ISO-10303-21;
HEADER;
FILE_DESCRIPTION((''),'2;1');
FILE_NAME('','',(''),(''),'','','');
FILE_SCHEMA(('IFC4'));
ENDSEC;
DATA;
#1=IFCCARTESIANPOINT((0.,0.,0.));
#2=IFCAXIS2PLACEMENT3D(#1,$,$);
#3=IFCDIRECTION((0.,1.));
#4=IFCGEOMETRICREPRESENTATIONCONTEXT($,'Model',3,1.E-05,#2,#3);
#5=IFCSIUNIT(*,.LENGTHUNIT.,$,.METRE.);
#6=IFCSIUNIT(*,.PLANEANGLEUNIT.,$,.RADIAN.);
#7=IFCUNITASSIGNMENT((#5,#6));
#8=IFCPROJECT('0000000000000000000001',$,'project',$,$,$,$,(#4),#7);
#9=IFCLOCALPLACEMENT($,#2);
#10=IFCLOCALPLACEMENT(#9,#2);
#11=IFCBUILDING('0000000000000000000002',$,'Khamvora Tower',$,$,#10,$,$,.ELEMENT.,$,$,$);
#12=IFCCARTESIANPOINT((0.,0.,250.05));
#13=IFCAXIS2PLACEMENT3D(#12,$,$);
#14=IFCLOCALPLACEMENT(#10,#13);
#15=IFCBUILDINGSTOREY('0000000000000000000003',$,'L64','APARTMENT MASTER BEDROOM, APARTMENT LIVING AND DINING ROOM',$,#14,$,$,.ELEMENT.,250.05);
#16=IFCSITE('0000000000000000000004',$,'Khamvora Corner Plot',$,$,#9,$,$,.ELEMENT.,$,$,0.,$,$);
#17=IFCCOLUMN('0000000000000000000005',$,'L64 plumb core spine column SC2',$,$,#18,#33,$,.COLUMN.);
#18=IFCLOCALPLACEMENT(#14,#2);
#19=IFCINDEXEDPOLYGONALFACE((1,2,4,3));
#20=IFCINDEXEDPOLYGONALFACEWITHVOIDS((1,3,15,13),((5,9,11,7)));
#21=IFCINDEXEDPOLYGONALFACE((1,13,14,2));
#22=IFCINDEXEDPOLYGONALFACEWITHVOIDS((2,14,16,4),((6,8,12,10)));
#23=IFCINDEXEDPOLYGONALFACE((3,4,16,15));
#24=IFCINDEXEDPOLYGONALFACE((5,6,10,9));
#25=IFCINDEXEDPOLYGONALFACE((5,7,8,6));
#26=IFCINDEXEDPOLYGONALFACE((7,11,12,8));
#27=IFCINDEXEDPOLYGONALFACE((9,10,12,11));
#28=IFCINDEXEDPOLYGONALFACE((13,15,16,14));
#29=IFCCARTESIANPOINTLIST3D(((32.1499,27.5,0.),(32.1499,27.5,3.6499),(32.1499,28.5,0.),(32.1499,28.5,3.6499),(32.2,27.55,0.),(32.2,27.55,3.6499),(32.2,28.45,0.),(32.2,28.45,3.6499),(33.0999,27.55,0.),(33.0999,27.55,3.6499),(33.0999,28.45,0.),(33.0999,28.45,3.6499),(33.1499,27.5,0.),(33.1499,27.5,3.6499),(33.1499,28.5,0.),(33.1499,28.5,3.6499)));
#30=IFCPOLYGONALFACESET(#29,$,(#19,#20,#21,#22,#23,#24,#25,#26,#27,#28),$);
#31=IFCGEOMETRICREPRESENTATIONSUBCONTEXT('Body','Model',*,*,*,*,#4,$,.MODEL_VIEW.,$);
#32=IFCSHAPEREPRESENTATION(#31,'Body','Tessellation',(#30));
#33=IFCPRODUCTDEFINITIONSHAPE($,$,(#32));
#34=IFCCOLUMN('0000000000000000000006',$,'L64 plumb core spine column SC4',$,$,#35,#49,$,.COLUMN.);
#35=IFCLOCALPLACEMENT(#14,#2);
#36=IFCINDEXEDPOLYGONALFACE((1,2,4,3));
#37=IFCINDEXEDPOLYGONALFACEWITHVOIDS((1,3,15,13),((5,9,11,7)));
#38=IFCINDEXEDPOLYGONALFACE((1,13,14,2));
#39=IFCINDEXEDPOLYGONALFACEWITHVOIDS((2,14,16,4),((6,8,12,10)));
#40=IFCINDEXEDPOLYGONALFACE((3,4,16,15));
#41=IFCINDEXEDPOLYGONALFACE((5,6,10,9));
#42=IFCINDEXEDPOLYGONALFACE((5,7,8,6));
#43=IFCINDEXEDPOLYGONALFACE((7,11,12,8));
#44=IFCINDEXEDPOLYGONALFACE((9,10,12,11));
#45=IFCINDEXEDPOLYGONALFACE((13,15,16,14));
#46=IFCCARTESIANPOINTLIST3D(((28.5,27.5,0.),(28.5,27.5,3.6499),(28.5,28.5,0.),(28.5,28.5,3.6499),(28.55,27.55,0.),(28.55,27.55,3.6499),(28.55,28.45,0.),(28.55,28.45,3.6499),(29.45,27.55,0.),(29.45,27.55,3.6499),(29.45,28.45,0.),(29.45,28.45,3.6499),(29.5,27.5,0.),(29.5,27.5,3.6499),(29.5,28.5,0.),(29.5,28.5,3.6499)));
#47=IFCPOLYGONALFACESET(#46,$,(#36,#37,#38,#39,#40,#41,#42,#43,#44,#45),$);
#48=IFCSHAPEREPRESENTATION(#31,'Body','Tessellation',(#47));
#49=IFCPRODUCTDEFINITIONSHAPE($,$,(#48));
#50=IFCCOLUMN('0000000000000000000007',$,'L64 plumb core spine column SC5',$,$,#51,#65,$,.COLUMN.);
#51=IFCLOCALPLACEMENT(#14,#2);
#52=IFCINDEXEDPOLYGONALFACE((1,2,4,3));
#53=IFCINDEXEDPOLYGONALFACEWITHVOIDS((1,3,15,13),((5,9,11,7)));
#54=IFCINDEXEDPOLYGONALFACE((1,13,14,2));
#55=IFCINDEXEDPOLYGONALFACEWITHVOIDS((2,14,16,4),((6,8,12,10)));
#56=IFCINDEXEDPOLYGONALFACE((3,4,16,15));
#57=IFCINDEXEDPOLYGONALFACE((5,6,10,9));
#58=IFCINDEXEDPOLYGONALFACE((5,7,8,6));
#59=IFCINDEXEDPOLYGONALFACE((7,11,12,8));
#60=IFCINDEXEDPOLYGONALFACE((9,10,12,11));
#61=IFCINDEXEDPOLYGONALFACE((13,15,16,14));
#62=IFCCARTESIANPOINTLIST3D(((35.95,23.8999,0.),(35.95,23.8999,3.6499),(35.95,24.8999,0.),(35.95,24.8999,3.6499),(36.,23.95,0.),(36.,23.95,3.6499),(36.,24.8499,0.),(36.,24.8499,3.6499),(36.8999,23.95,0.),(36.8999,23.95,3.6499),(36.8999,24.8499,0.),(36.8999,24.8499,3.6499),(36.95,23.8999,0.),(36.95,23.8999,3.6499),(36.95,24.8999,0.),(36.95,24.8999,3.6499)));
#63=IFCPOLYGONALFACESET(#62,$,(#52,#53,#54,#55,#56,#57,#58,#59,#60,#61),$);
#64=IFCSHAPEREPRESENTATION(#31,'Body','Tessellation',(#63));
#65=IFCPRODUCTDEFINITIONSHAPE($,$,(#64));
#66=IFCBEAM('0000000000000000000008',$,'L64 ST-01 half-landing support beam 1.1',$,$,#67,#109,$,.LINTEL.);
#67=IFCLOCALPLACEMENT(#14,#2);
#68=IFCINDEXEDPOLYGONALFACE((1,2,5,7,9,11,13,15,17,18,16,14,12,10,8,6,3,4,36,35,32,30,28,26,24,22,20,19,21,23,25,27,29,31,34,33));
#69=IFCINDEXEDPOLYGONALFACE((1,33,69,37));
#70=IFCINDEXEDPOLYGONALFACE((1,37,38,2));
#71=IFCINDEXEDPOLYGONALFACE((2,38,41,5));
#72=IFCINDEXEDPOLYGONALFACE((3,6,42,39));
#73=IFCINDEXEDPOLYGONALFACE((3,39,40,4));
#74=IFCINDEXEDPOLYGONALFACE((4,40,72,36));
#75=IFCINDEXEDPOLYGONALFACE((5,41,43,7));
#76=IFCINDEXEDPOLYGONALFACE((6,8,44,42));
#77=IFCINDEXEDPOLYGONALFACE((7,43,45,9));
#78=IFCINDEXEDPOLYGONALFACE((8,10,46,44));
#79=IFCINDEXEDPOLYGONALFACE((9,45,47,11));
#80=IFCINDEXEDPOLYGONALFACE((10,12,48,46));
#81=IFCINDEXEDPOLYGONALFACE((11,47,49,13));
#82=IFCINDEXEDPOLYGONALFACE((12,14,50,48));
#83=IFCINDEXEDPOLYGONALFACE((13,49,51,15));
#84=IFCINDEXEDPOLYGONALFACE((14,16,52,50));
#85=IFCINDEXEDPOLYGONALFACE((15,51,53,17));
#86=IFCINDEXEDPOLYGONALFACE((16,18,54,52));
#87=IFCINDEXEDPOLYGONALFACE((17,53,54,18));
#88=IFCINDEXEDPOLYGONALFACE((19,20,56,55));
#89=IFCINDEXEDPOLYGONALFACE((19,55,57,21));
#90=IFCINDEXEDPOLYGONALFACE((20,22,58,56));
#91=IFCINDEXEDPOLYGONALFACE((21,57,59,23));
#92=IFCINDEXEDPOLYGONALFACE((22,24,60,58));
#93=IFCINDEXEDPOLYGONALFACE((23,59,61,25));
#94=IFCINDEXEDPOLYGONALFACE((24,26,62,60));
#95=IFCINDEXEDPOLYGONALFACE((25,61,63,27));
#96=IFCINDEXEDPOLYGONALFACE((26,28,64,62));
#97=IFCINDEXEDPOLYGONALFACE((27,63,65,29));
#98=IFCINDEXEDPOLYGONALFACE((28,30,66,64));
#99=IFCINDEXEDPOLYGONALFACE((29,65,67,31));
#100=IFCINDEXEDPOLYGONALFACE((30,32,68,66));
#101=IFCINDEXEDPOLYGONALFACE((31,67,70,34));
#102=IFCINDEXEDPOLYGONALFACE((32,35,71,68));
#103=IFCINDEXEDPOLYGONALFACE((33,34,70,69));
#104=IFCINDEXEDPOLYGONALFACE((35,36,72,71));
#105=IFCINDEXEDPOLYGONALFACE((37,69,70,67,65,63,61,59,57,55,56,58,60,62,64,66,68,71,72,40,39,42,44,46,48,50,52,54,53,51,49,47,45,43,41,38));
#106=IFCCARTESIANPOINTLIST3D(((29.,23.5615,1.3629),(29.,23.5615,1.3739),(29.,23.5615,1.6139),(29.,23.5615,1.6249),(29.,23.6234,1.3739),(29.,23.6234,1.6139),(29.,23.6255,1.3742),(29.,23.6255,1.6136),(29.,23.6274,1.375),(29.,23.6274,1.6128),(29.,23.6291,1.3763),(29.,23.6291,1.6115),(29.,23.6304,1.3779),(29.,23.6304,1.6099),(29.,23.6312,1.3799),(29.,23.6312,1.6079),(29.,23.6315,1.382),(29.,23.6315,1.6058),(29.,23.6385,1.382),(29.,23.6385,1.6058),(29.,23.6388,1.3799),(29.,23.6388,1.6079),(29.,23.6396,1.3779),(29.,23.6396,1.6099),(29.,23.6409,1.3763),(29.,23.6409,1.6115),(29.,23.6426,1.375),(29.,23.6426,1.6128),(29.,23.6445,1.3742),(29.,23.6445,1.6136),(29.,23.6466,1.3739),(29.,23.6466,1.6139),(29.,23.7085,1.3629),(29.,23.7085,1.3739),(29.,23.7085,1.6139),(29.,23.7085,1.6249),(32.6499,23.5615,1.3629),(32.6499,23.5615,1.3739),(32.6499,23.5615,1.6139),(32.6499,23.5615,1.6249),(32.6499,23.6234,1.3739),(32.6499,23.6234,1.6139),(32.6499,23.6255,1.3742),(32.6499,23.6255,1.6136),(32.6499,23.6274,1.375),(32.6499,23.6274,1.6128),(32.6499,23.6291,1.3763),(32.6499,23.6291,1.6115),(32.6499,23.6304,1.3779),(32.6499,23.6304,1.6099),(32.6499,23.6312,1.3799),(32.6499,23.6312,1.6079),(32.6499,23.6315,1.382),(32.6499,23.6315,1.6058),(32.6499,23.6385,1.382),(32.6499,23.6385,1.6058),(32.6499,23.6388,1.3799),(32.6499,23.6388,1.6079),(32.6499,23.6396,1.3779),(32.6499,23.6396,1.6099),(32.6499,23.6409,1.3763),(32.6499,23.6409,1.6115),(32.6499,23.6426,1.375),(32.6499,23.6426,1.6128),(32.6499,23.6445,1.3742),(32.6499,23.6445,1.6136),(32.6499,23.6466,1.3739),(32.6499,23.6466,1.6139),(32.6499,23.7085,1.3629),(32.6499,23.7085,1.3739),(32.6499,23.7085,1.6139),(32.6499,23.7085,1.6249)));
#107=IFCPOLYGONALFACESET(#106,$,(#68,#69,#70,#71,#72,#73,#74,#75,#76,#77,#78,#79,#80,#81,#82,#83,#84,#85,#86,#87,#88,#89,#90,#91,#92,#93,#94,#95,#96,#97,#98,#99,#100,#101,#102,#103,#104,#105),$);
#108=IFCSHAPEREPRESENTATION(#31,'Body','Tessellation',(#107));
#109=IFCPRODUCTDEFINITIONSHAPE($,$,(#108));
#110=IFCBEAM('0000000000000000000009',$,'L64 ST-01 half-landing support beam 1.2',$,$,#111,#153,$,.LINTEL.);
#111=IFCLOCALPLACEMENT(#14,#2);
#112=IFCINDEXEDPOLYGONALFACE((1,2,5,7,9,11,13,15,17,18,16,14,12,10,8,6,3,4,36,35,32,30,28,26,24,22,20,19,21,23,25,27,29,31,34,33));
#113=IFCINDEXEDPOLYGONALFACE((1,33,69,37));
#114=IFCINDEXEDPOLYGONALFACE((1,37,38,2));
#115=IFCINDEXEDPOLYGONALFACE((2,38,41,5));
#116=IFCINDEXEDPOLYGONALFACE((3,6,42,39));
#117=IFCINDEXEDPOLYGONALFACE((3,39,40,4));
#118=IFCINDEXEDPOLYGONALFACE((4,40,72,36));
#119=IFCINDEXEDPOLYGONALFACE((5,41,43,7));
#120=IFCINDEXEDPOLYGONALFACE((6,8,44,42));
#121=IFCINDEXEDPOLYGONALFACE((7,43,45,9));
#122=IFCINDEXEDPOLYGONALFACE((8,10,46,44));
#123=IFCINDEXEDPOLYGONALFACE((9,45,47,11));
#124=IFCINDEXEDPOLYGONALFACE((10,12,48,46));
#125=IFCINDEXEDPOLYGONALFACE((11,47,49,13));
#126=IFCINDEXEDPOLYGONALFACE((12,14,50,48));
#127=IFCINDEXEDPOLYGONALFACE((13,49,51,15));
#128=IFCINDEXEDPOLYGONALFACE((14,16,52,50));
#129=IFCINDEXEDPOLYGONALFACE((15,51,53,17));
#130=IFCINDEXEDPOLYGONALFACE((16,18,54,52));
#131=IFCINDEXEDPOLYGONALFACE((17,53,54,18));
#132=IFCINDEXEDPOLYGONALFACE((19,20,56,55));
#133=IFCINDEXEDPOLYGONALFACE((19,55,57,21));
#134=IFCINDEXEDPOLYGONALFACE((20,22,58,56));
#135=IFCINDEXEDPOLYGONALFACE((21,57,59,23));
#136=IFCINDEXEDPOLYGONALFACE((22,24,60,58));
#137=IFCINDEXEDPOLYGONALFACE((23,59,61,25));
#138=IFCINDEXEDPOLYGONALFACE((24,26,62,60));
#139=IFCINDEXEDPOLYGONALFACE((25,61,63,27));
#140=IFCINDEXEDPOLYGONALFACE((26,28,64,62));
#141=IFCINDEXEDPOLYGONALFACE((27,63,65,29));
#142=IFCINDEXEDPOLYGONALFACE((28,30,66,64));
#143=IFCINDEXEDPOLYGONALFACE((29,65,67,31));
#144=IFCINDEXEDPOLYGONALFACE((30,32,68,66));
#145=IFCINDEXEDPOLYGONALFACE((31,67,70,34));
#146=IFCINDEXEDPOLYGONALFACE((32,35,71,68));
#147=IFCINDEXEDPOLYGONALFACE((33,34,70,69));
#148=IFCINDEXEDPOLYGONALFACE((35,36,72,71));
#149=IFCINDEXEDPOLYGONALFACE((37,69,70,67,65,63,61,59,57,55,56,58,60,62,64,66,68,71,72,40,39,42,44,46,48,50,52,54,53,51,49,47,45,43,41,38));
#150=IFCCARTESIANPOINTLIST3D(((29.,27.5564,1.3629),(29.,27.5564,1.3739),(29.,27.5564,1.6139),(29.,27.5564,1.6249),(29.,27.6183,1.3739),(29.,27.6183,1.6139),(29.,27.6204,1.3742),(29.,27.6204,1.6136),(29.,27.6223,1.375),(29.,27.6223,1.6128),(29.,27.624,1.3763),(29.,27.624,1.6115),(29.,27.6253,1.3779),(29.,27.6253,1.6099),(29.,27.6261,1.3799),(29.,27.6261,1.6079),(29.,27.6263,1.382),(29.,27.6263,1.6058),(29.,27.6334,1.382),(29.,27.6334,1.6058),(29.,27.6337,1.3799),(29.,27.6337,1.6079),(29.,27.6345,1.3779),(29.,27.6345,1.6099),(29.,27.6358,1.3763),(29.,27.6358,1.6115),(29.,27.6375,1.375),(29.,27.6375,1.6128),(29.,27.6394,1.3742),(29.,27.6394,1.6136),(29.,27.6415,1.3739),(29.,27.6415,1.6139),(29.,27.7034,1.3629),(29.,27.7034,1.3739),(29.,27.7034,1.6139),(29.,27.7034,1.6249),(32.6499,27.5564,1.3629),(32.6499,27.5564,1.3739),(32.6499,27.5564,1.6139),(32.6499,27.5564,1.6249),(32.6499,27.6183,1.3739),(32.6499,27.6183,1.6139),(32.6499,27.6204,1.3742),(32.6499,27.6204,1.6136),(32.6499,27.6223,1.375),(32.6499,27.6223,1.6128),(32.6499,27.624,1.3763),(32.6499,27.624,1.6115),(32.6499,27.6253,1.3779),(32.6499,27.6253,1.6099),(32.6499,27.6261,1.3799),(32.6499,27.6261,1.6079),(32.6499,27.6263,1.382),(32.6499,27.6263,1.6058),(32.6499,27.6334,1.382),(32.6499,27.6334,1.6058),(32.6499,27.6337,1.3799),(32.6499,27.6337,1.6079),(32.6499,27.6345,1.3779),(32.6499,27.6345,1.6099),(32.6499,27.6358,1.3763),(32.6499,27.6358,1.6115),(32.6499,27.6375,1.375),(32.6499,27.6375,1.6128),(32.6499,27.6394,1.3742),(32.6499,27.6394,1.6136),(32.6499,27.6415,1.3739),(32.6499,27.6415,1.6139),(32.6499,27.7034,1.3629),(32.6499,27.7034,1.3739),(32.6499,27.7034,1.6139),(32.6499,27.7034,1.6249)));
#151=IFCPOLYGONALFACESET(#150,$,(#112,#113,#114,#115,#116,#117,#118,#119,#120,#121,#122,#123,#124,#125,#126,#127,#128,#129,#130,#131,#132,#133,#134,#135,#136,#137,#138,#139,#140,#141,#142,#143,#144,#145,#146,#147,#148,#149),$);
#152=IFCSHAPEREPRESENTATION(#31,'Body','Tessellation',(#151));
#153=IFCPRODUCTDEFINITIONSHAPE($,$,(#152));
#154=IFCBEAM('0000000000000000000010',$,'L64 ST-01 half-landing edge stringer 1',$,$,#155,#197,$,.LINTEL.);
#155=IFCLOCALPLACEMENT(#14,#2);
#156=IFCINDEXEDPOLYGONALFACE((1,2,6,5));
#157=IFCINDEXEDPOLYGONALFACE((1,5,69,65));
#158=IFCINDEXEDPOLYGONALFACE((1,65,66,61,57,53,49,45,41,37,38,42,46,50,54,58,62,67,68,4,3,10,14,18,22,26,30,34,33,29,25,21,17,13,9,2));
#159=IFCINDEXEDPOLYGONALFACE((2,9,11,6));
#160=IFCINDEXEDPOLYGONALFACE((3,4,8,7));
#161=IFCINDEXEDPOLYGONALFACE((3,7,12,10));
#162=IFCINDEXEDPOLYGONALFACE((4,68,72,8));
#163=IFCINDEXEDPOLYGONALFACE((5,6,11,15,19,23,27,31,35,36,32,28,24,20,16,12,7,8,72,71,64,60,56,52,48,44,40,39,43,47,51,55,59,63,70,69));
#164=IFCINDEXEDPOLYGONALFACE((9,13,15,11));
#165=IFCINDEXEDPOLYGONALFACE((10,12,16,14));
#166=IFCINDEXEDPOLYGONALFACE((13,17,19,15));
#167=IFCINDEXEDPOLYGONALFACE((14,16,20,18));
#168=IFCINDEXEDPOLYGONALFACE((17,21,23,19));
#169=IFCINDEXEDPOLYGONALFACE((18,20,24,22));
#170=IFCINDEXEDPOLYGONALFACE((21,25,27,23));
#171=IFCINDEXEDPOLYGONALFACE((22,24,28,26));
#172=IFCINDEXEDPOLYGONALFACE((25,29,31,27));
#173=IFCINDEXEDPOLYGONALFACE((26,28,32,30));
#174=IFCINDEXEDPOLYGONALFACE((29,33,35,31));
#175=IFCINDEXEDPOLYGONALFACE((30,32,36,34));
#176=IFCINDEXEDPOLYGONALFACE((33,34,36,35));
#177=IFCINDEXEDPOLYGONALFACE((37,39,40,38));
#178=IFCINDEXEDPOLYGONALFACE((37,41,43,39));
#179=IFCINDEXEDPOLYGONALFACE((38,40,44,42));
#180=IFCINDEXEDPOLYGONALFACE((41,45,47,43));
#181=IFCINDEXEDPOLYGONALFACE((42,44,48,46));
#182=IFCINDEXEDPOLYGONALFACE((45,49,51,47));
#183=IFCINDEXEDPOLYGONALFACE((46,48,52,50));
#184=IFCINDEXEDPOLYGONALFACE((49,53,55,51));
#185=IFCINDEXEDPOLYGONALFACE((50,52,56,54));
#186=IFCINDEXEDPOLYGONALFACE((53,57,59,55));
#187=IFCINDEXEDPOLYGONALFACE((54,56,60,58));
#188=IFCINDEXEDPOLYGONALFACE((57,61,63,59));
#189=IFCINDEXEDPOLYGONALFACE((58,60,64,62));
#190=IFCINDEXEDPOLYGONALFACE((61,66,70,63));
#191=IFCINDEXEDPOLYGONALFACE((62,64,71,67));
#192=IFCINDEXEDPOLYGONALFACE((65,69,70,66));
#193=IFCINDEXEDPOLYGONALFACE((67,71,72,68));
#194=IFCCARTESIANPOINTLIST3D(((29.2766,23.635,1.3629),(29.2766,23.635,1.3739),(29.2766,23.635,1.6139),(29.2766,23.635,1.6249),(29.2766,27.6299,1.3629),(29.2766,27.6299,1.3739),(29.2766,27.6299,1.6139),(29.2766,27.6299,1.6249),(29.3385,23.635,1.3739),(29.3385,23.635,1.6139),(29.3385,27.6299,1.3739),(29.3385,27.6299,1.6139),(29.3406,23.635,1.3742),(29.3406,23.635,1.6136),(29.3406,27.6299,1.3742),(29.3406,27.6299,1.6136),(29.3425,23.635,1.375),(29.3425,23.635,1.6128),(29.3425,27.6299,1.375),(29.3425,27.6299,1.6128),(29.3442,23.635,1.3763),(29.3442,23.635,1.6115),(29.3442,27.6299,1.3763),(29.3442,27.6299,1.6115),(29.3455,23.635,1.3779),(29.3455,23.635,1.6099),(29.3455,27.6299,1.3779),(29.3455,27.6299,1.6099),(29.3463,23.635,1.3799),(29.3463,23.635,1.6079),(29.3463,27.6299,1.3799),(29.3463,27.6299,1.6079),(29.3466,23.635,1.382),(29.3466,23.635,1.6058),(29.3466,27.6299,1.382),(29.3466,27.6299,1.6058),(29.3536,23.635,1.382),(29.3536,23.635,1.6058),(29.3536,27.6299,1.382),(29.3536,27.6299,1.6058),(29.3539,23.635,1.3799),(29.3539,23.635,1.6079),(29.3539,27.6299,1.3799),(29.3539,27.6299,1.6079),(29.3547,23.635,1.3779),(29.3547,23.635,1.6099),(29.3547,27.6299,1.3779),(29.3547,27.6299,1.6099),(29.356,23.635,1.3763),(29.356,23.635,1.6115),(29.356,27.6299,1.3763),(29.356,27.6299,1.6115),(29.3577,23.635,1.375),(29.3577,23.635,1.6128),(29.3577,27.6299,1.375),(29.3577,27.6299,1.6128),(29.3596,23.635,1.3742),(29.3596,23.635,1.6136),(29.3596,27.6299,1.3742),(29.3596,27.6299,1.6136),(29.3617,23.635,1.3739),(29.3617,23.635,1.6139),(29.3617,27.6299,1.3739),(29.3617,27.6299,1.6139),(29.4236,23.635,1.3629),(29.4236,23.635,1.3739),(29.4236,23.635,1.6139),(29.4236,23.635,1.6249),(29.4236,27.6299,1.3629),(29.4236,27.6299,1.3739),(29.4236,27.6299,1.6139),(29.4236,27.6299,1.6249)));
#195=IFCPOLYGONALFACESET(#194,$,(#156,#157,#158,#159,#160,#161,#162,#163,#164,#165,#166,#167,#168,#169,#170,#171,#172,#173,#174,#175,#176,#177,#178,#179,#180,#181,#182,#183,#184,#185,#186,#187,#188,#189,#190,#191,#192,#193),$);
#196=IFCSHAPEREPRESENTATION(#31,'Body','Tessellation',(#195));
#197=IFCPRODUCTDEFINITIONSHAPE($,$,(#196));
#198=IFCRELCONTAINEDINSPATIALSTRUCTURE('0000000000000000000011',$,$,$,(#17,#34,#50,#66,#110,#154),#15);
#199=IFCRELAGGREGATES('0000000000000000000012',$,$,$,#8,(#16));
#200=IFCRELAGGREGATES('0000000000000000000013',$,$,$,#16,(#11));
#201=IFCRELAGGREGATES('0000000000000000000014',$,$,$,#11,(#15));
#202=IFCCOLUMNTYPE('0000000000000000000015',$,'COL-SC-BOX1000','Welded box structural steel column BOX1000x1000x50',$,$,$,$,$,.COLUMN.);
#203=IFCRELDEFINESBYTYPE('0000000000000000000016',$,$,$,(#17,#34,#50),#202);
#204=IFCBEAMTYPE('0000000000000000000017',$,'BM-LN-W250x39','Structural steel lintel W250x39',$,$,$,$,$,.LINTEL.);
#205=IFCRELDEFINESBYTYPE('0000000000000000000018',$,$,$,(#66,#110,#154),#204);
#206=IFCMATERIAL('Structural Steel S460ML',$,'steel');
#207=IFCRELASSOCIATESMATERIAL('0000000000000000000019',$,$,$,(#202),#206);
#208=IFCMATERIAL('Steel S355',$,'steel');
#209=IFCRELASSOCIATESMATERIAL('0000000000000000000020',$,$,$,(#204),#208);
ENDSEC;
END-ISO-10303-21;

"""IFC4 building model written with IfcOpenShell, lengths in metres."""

from ifc_helpers import new_model, si_unit, direction, frame, origin, origin_2d, place, context, subcontext, project, spatial, hollow_rectangle, i_section, extrude, material, material_profile, profile_set, type_object, element, save


model = new_model("IFC4")

# Units and contexts
model_context = context("Model", 3, precision=1e-05, world=origin(), true_north=direction((0.0, 1.0)))
body_context = subcontext(model_context, "Body", "Model", "MODEL_VIEW")
ifc_project = project(units=[si_unit("LENGTHUNIT", "METRE"), si_unit("PLANEANGLEUNIT", "RADIAN")], contexts=[model_context])

# Site, building, storey
site_placement = place(None, origin())
site = spatial("IfcSite", under=ifc_project, at=site_placement, Name="Khamvora Corner Plot", CompositionType="ELEMENT", RefElevation=0.0)
building_placement = place(site_placement, origin())
building = spatial("IfcBuilding", under=site, at=building_placement, Name="Khamvora Tower", CompositionType="ELEMENT")
storey_placement = place(building_placement, frame((0.0, 0.0, 250.05)))
storey = spatial("IfcBuildingStorey", under=building, at=storey_placement, Name="L64", Description="APARTMENT MASTER BEDROOM, APARTMENT LIVING AND DINING ROOM", CompositionType="ELEMENT", Elevation=250.05)

# Columns
ifc_material_1 = material(Name="Structural Steel S460ML", Category="steel")
ifc_material_profile_1 = material_profile(ifc_material_1, hollow_rectangle(XDim=1.0, YDim=1.0, WallThickness=0.05, at=origin_2d()), Name="BOX1000x1000x50")
ifc_profile_set_1 = profile_set([ifc_material_profile_1], Name="Structural Steel S460ML")
column_type = type_object("IfcColumnType", Name="COL-SC-BOX1000", Description="Welded box structural steel column BOX1000x1000x50", PredefinedType="COLUMN", material=ifc_profile_set_1)
for number, where, z_axis, x_axis, name in (
    (1, (32.6499, 28.0, 0.0), (0.0, 0.0, 1.0), (1.0, 0.0, 0.0), "L64 plumb core spine column SC2"),
    (2, (29.0, 28.0, 0.0), (0.0, 0.0, 1.0), (1.0, 0.0, 0.0), "L64 plumb core spine column SC4"),
    (3, (36.45, 24.3999, 0.0), (0.0, 0.0, 1.0), (1.0, 0.0, 0.0), "L64 plumb core spine column SC5"),
):
    element("IfcColumn", number, at=place(storey_placement, frame(where, z_axis=z_axis, x_axis=x_axis)), inside=storey, type_object=column_type, Name=name, PredefinedType="COLUMN", context=body_context, shape_type="SweptSolid", body=[
        extrude(hollow_rectangle(XDim=1.0, YDim=1.0, WallThickness=0.05, at=origin_2d()), origin(), (0.0, 0.0, 1.0), 3.6499),
    ])

# Beams
ifc_material_2 = material(Name="Steel S355", Category="steel")
ifc_material_profile_2 = material_profile(ifc_material_2, i_section(OverallWidth=0.147, OverallDepth=0.262, WebThickness=0.0071, FlangeThickness=0.011, FilletRadius=0.0081, at=origin_2d()), Name="W250x39")
ifc_profile_set_2 = profile_set([ifc_material_profile_2], Name="Steel S355")
beam_type_1 = type_object("IfcBeamType", Name="BM-LN-W250x39", Description="Structural steel lintel W250x39", PredefinedType="LINTEL", material=ifc_profile_set_2)
for number, where, z_axis, x_axis, name in (
    (4, (29.0, 23.635, 1.4939), (1.0, 0.0, 0.0), (0.0, 1.0, 0.0), "L64 ST-01 half-landing support beam 1.1"),
    (5, (29.0, 27.6299, 1.4939), (1.0, 0.0, 0.0), (0.0, 1.0, 0.0), "L64 ST-01 half-landing support beam 1.2"),
):
    element("IfcBeam", number, at=place(storey_placement, frame(where, z_axis=z_axis, x_axis=x_axis)), inside=storey, type_object=beam_type_1, Name=name, PredefinedType="LINTEL", context=body_context, shape_type="SweptSolid", body=[
        extrude(i_section(OverallWidth=0.147, OverallDepth=0.262, WebThickness=0.0071, FlangeThickness=0.011, FilletRadius=0.0081, at=origin_2d()), origin(), (0.0, 0.0, 1.0), 3.6499),
    ])
beam_1_placement = place(storey_placement, frame((29.3501, 23.635, 1.4939), z_axis=(0.0, 1.0, 0.0), x_axis=(-1.0, 0.0, 0.0)))
element("IfcBeam", 6, at=beam_1_placement, inside=storey, type_object=beam_type_1, Name="L64 ST-01 half-landing edge stringer 1", PredefinedType="LINTEL", context=body_context, shape_type="SweptSolid", body=[
    extrude(i_section(OverallWidth=0.147, OverallDepth=0.262, WebThickness=0.0071, FlangeThickness=0.011, FilletRadius=0.0081, at=origin_2d()), origin(), (0.0, 0.0, 1.0), 3.9949),
])

save(model, "model.ifc")
